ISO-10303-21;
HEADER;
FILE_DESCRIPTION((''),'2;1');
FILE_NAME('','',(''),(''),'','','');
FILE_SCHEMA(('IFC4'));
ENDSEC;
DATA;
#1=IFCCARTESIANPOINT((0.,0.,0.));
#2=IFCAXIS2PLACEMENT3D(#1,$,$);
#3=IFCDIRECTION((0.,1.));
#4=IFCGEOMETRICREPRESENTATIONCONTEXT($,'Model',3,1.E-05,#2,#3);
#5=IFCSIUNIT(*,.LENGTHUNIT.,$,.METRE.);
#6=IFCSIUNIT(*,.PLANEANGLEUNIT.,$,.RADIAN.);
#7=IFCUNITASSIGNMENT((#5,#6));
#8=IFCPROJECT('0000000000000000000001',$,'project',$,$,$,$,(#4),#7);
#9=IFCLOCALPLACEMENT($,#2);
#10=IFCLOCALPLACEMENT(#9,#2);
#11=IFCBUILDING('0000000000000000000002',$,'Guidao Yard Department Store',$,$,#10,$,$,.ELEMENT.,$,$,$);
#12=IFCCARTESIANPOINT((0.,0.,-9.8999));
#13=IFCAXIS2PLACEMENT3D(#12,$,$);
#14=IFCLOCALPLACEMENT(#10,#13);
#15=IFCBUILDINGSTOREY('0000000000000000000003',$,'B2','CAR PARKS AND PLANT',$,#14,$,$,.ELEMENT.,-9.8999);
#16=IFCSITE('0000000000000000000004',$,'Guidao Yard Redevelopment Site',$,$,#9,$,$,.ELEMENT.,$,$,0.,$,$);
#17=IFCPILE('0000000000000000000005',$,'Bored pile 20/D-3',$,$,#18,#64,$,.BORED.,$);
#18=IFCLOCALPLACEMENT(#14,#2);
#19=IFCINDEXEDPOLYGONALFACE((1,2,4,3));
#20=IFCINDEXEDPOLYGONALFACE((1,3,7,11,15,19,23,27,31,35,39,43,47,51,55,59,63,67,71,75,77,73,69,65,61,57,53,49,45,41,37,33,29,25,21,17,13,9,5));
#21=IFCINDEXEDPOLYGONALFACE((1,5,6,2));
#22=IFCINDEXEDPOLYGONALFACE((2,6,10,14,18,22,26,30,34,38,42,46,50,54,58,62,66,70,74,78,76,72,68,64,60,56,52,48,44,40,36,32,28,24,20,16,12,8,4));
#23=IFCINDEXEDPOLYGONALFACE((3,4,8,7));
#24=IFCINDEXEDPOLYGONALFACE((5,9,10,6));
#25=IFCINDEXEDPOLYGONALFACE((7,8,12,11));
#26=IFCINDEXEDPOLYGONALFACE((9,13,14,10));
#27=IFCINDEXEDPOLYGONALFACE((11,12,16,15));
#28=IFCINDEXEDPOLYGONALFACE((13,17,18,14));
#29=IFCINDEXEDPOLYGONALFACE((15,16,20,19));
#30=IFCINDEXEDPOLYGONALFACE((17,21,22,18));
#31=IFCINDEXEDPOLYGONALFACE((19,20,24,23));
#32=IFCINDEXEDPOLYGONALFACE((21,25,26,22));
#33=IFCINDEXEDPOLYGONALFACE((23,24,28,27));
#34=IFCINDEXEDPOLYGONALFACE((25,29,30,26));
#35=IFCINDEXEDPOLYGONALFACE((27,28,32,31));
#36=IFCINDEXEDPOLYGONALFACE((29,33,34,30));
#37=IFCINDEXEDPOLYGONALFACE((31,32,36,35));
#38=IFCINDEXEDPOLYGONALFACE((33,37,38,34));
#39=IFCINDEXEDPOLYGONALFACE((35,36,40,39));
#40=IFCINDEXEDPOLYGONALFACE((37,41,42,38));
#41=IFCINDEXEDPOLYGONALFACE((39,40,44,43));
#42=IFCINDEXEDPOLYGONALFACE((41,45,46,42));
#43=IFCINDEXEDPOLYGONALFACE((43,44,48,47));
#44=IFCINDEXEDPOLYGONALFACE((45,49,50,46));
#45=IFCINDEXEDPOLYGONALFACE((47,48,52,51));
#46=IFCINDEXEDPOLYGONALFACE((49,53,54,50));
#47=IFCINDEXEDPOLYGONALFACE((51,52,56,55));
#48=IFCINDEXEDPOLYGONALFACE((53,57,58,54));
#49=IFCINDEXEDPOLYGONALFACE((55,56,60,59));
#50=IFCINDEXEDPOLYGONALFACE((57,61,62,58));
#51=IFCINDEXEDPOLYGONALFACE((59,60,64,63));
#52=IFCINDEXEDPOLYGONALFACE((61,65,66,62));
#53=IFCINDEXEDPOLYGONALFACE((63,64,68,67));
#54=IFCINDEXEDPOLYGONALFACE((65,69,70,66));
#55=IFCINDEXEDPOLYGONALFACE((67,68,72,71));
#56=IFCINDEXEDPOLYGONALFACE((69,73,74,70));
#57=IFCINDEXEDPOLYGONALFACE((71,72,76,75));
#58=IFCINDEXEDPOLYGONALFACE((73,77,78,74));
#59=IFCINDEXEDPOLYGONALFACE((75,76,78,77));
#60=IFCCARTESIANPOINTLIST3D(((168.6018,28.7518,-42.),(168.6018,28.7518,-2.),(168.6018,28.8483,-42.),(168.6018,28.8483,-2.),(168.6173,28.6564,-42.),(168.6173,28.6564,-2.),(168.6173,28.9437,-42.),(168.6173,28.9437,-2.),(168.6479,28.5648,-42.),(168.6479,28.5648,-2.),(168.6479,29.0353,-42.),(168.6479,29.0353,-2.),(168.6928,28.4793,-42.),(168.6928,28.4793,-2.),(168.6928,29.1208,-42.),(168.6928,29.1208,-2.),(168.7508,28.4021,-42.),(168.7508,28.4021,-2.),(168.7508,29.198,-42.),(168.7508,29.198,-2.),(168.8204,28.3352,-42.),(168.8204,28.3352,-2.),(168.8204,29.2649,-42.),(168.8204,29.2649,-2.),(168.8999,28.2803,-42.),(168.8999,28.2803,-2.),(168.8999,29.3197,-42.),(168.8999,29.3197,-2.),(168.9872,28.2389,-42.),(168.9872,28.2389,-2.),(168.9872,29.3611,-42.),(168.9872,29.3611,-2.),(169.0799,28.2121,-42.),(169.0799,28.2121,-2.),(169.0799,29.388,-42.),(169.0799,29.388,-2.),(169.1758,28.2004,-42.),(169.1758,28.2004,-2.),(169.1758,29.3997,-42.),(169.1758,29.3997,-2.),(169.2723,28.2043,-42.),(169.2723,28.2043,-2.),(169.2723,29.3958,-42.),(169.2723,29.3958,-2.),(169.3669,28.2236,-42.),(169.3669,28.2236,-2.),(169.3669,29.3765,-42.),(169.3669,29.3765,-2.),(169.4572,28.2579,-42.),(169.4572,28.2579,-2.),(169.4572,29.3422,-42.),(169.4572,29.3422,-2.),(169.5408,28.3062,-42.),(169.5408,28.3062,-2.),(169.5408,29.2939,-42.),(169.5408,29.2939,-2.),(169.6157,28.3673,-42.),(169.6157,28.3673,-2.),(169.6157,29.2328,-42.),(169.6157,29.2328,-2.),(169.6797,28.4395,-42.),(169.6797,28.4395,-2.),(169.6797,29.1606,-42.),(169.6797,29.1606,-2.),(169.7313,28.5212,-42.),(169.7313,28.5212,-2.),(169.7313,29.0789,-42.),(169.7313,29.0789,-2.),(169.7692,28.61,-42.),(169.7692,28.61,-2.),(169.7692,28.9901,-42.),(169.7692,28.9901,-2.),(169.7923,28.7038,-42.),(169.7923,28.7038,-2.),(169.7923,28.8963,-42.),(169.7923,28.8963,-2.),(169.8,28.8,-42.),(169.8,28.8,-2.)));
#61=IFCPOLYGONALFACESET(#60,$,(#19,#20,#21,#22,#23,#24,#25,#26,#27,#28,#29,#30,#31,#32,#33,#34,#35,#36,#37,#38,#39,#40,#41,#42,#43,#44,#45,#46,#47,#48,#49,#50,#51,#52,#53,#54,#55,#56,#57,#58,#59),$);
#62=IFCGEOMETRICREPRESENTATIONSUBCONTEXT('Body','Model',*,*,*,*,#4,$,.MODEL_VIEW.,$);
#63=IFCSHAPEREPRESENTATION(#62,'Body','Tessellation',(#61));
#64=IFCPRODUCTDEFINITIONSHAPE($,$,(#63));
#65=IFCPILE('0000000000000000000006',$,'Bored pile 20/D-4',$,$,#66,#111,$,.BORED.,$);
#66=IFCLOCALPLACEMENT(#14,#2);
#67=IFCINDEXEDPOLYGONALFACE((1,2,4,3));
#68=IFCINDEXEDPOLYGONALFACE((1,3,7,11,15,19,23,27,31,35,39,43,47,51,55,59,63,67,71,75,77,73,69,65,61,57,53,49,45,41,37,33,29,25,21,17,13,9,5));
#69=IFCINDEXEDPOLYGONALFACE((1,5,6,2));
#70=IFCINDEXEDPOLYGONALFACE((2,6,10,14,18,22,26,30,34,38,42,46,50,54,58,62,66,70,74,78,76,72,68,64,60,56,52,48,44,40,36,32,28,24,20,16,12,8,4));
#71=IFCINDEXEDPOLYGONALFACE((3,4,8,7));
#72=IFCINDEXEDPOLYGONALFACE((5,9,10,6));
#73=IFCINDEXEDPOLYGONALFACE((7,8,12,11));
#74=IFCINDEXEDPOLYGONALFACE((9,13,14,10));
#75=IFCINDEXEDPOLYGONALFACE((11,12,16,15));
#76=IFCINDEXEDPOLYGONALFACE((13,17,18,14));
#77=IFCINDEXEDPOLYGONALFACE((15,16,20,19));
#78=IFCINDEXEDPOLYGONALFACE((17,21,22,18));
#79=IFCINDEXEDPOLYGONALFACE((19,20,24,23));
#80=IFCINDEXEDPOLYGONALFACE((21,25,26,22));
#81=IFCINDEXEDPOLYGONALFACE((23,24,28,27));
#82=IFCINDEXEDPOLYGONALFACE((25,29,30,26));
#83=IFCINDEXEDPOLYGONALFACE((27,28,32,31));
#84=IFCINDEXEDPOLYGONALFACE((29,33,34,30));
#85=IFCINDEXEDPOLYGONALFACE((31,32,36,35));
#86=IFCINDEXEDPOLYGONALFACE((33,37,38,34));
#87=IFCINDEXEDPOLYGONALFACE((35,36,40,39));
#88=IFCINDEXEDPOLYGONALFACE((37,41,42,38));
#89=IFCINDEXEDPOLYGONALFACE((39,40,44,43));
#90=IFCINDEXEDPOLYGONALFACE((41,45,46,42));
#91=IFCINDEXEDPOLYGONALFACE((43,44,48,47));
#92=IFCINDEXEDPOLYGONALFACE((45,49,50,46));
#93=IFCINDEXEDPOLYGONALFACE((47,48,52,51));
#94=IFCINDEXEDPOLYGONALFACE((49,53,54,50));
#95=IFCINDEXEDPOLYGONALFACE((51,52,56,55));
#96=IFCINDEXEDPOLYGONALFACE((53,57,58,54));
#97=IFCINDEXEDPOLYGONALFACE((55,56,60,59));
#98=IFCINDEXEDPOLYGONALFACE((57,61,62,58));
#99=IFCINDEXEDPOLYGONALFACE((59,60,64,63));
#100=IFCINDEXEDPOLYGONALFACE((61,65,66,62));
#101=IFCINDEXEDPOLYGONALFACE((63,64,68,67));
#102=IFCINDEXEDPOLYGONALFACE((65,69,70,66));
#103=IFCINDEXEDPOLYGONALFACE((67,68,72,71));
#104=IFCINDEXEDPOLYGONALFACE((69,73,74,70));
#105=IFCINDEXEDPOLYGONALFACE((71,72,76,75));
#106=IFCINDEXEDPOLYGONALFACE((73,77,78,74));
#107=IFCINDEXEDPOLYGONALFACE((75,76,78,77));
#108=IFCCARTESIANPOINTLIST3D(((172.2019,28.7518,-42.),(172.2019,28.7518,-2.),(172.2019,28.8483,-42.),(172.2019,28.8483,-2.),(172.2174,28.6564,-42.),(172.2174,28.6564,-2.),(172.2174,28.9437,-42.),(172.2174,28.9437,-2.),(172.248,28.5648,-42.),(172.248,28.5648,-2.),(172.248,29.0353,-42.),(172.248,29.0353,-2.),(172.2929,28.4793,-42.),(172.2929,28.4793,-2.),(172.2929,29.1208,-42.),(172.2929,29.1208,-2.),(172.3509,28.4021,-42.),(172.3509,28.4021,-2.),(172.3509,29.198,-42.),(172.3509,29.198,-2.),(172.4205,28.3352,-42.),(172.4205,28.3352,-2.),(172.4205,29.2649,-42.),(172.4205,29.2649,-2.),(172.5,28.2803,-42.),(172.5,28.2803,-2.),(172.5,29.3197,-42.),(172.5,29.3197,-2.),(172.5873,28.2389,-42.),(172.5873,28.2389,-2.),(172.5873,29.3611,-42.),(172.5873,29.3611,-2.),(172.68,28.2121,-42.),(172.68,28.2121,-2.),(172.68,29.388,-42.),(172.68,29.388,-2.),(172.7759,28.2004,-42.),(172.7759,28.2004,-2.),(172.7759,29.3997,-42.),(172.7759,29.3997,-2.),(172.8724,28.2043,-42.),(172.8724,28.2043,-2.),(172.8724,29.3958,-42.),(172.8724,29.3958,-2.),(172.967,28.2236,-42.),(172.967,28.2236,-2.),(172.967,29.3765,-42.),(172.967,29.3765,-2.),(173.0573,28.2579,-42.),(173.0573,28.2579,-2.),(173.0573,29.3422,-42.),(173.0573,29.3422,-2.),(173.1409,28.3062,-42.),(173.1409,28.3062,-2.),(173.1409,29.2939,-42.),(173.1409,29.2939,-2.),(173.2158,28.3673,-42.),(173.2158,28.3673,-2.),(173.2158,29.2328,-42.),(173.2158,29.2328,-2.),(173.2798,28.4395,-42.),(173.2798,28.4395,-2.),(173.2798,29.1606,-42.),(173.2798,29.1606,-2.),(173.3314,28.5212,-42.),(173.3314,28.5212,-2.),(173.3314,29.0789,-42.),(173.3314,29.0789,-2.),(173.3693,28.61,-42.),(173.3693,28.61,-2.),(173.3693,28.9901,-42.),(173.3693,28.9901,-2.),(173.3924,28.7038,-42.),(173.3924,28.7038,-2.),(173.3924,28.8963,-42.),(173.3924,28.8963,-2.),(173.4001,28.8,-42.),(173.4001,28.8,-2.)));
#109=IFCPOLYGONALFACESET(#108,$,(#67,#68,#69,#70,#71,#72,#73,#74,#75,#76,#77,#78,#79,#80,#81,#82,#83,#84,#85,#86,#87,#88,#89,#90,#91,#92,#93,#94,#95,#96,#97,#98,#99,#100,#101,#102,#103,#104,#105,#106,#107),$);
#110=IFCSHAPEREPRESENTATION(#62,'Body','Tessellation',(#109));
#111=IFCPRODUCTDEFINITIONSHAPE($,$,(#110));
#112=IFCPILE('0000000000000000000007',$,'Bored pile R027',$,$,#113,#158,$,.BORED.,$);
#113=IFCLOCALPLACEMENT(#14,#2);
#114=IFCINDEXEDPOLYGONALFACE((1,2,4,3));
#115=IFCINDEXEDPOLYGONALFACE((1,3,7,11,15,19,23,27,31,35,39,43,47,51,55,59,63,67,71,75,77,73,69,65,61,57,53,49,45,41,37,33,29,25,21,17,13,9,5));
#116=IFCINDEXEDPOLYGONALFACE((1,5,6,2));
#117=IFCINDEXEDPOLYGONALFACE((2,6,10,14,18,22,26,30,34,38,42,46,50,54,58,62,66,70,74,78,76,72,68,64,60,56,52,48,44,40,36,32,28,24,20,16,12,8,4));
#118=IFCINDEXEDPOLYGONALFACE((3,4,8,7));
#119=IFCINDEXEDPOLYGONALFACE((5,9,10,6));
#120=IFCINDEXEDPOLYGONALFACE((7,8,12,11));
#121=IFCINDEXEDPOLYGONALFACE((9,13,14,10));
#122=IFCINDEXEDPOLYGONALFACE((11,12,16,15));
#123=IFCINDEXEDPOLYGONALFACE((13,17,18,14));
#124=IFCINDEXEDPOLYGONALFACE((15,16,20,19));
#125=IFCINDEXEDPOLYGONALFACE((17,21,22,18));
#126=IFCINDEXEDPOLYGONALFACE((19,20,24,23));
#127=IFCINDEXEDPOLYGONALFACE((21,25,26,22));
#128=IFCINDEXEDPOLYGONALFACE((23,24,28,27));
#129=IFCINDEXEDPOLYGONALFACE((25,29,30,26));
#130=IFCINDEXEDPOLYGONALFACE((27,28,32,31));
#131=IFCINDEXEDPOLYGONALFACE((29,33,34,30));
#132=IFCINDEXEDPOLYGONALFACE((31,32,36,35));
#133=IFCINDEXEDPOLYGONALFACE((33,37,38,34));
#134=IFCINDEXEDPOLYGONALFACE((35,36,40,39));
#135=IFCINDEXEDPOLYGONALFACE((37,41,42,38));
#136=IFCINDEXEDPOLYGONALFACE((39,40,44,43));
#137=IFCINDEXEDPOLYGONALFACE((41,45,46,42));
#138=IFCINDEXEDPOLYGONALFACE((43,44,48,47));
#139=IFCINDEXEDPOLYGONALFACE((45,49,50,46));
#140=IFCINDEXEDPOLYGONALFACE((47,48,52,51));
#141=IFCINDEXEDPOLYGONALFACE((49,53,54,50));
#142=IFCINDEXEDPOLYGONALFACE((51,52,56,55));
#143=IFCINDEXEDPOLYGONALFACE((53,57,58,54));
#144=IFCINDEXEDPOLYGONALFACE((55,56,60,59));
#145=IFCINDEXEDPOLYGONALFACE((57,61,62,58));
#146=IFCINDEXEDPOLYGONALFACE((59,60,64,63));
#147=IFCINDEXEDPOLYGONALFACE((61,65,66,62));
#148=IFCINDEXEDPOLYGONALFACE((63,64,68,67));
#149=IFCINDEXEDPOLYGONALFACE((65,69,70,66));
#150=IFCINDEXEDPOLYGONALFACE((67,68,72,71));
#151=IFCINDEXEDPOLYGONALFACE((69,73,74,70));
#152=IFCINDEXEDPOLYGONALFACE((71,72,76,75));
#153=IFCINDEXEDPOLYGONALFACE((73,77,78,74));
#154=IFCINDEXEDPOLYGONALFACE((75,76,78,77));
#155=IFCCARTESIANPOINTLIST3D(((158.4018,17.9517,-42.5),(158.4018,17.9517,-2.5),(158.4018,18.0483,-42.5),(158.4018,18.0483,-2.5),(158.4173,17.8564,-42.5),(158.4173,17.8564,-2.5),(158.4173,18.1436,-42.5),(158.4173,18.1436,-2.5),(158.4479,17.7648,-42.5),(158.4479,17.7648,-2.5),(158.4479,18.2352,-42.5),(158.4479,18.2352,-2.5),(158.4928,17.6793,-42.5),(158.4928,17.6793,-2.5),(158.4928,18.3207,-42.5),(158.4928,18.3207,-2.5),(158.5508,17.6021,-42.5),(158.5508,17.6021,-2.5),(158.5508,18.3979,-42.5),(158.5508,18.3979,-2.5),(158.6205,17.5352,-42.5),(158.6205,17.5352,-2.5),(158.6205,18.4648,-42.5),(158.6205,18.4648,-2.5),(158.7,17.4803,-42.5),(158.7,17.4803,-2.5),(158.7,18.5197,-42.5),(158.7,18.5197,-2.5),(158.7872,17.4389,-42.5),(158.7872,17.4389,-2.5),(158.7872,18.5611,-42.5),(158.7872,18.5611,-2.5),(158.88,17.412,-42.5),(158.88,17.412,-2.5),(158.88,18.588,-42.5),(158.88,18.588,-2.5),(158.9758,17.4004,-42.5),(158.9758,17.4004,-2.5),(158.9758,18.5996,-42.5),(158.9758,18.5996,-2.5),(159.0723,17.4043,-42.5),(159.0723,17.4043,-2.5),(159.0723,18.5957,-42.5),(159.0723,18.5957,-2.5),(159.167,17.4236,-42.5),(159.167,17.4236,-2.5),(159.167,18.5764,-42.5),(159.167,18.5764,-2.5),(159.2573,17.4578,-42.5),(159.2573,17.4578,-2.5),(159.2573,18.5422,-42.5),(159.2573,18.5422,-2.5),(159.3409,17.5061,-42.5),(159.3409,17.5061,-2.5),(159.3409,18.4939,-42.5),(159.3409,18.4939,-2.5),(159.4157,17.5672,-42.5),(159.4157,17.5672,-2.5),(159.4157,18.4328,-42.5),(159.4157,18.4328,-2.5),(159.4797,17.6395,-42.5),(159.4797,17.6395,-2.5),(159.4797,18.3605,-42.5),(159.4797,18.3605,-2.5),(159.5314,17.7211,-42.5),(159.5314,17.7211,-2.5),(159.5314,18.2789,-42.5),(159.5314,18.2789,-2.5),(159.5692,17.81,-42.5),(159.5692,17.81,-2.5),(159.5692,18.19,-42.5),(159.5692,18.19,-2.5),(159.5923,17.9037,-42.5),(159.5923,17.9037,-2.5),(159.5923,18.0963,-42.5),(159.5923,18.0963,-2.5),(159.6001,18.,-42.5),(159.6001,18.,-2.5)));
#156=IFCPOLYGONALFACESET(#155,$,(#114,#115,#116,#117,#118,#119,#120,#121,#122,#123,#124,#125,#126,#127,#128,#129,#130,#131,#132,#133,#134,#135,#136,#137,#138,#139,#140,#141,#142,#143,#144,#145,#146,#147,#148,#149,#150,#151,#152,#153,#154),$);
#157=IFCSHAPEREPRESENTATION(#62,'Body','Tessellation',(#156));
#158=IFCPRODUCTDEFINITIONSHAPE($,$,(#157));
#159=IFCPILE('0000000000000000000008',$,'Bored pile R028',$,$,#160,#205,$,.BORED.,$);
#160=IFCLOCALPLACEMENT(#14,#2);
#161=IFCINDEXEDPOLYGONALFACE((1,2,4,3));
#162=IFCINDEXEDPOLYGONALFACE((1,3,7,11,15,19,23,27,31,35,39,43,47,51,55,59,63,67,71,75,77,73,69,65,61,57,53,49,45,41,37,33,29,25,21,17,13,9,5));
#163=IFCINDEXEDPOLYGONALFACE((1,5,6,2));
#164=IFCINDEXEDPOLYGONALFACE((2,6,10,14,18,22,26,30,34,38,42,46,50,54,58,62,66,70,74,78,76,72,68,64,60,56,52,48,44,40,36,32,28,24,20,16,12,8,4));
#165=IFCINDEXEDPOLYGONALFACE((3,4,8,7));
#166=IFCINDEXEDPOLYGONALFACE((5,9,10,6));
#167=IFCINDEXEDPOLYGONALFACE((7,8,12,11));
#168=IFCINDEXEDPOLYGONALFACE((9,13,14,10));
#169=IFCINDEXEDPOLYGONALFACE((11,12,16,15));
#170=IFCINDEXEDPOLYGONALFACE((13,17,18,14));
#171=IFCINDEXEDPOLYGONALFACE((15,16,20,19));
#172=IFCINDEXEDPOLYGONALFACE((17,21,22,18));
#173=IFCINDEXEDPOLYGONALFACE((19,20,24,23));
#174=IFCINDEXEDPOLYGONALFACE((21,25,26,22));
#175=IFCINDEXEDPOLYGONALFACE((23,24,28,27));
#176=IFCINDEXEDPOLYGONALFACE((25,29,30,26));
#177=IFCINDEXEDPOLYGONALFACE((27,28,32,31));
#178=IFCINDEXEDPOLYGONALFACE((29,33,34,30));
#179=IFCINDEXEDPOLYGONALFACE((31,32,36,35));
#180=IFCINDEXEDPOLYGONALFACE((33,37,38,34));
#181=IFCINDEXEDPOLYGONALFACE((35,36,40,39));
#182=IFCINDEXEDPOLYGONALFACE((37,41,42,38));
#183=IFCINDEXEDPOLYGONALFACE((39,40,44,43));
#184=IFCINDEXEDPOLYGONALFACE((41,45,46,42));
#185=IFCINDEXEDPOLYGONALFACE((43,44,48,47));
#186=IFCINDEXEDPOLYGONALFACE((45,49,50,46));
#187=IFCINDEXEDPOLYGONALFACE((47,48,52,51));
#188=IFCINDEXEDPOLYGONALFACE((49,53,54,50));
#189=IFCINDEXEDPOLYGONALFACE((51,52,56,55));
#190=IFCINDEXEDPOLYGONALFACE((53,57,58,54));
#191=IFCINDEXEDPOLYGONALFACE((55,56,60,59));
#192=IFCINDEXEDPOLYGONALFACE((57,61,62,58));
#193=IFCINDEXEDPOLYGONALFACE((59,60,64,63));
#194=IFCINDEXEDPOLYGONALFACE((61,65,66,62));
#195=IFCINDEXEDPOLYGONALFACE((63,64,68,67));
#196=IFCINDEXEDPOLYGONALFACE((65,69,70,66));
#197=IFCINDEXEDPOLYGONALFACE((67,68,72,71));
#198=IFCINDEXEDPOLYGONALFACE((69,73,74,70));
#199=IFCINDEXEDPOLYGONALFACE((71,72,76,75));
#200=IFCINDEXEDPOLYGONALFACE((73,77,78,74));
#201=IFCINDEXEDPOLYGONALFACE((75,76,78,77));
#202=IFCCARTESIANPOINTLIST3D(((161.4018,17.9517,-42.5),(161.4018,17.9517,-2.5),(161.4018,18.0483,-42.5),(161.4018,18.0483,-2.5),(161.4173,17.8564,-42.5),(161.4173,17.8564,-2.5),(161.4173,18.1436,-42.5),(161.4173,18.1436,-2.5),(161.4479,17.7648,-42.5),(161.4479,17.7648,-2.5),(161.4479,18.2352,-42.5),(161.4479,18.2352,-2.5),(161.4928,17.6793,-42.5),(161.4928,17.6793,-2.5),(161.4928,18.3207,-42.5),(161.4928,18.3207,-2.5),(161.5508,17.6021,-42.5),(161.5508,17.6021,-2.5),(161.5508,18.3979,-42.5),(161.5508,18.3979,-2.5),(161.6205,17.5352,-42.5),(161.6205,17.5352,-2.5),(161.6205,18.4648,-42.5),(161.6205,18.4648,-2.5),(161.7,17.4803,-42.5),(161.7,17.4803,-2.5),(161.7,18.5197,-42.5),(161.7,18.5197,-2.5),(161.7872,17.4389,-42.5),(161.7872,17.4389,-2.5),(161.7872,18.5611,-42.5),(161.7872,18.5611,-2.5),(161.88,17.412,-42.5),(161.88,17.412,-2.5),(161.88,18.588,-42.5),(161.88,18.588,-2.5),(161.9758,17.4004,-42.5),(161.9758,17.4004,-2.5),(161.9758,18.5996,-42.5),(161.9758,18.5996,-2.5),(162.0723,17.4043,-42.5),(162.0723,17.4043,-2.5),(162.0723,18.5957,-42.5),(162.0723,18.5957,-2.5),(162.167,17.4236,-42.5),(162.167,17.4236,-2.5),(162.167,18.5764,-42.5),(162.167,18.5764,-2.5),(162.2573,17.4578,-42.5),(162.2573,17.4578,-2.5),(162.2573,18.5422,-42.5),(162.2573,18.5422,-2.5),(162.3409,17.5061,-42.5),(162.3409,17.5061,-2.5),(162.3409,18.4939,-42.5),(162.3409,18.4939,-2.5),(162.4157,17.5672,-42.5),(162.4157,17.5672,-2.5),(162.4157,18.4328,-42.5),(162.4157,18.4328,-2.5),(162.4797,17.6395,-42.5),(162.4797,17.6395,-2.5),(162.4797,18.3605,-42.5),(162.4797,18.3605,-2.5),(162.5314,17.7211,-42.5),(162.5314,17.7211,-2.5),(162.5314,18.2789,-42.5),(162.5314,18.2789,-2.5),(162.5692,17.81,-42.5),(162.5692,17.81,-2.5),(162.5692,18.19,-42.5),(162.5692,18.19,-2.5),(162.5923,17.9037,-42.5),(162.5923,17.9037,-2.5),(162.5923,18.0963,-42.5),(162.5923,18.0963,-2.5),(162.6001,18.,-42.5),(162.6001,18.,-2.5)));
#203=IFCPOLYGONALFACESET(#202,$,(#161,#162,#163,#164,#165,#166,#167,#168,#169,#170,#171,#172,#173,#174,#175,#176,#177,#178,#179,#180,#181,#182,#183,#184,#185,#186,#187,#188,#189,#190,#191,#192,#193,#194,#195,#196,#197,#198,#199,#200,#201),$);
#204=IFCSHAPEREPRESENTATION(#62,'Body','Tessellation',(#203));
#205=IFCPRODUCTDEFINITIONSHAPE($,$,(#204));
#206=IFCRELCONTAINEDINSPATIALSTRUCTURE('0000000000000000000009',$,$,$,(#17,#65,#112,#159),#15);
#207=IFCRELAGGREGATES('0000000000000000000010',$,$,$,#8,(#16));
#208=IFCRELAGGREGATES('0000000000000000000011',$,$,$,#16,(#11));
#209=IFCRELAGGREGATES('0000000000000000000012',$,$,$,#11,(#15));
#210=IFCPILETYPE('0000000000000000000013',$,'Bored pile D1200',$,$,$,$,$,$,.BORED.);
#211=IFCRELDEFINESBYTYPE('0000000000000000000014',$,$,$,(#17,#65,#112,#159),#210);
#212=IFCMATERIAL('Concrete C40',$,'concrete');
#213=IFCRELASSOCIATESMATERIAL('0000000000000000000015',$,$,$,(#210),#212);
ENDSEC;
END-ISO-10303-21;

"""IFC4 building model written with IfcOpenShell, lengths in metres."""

from ifc_helpers import new_model, si_unit, direction, frame, origin, origin_2d, place, context, subcontext, project, spatial, circle, extrude, material, material_profile, profile_set, type_object, element, save


model = new_model("IFC4")

# Units and contexts
model_context = context("Model", 3, precision=1e-05, world=origin(), true_north=direction((0.0, 1.0)))
body_context = subcontext(model_context, "Body", "Model", "MODEL_VIEW")
ifc_project = project(units=[si_unit("LENGTHUNIT", "METRE"), si_unit("PLANEANGLEUNIT", "RADIAN")], contexts=[model_context])

# Site, building, storey
site_placement = place(None, origin())
site = spatial("IfcSite", under=ifc_project, at=site_placement, Name="Guidao Yard Redevelopment Site", CompositionType="ELEMENT", RefElevation=0.0)
building_placement = place(site_placement, origin())
building = spatial("IfcBuilding", under=site, at=building_placement, Name="Guidao Yard Department Store", CompositionType="ELEMENT")
storey_placement = place(building_placement, frame((0.0, 0.0, -9.8999)))
storey = spatial("IfcBuildingStorey", under=building, at=storey_placement, Name="B2", Description="CAR PARKS AND PLANT", CompositionType="ELEMENT", Elevation=-9.8999)

# Piles
ifc_material_1 = material(Name="Concrete C40", Category="concrete")
ifc_material_profile_1 = material_profile(ifc_material_1, circle(Radius=0.6001, at=origin_2d()), Name="Bored pile D1200")
ifc_profile_set_1 = profile_set([ifc_material_profile_1], Name="Concrete C40")
pile_type = type_object("IfcPileType", Name="Bored pile D1200", PredefinedType="BORED", material=ifc_profile_set_1)
for number, where, z_axis, x_axis, name in (
    (1, (169.2, 28.8, -2.0), (0.0, 0.0, -1.0), (1.0, 0.0, 0.0), "Bored pile 20/D-3"),
    (2, (172.8, 28.8, -2.0), (0.0, 0.0, -1.0), (1.0, 0.0, 0.0), "Bored pile 20/D-4"),
    (3, (159.0, 18.0, -2.5), (0.0, 0.0, -1.0), (1.0, 0.0, 0.0), "Bored pile R027"),
    (4, (162.0, 18.0, -2.5), (0.0, 0.0, -1.0), (1.0, 0.0, 0.0), "Bored pile R028"),
):
    element("IfcPile", number, at=place(storey_placement, frame(where, z_axis=z_axis, x_axis=x_axis)), inside=storey, type_object=pile_type, Name=name, PredefinedType="BORED", context=body_context, shape_type="SweptSolid", body=[
        extrude(circle(Radius=0.6001, at=origin_2d()), origin(), (0.0, 0.0, 1.0), 40.0),
    ])

save(model, "model.ifc")
